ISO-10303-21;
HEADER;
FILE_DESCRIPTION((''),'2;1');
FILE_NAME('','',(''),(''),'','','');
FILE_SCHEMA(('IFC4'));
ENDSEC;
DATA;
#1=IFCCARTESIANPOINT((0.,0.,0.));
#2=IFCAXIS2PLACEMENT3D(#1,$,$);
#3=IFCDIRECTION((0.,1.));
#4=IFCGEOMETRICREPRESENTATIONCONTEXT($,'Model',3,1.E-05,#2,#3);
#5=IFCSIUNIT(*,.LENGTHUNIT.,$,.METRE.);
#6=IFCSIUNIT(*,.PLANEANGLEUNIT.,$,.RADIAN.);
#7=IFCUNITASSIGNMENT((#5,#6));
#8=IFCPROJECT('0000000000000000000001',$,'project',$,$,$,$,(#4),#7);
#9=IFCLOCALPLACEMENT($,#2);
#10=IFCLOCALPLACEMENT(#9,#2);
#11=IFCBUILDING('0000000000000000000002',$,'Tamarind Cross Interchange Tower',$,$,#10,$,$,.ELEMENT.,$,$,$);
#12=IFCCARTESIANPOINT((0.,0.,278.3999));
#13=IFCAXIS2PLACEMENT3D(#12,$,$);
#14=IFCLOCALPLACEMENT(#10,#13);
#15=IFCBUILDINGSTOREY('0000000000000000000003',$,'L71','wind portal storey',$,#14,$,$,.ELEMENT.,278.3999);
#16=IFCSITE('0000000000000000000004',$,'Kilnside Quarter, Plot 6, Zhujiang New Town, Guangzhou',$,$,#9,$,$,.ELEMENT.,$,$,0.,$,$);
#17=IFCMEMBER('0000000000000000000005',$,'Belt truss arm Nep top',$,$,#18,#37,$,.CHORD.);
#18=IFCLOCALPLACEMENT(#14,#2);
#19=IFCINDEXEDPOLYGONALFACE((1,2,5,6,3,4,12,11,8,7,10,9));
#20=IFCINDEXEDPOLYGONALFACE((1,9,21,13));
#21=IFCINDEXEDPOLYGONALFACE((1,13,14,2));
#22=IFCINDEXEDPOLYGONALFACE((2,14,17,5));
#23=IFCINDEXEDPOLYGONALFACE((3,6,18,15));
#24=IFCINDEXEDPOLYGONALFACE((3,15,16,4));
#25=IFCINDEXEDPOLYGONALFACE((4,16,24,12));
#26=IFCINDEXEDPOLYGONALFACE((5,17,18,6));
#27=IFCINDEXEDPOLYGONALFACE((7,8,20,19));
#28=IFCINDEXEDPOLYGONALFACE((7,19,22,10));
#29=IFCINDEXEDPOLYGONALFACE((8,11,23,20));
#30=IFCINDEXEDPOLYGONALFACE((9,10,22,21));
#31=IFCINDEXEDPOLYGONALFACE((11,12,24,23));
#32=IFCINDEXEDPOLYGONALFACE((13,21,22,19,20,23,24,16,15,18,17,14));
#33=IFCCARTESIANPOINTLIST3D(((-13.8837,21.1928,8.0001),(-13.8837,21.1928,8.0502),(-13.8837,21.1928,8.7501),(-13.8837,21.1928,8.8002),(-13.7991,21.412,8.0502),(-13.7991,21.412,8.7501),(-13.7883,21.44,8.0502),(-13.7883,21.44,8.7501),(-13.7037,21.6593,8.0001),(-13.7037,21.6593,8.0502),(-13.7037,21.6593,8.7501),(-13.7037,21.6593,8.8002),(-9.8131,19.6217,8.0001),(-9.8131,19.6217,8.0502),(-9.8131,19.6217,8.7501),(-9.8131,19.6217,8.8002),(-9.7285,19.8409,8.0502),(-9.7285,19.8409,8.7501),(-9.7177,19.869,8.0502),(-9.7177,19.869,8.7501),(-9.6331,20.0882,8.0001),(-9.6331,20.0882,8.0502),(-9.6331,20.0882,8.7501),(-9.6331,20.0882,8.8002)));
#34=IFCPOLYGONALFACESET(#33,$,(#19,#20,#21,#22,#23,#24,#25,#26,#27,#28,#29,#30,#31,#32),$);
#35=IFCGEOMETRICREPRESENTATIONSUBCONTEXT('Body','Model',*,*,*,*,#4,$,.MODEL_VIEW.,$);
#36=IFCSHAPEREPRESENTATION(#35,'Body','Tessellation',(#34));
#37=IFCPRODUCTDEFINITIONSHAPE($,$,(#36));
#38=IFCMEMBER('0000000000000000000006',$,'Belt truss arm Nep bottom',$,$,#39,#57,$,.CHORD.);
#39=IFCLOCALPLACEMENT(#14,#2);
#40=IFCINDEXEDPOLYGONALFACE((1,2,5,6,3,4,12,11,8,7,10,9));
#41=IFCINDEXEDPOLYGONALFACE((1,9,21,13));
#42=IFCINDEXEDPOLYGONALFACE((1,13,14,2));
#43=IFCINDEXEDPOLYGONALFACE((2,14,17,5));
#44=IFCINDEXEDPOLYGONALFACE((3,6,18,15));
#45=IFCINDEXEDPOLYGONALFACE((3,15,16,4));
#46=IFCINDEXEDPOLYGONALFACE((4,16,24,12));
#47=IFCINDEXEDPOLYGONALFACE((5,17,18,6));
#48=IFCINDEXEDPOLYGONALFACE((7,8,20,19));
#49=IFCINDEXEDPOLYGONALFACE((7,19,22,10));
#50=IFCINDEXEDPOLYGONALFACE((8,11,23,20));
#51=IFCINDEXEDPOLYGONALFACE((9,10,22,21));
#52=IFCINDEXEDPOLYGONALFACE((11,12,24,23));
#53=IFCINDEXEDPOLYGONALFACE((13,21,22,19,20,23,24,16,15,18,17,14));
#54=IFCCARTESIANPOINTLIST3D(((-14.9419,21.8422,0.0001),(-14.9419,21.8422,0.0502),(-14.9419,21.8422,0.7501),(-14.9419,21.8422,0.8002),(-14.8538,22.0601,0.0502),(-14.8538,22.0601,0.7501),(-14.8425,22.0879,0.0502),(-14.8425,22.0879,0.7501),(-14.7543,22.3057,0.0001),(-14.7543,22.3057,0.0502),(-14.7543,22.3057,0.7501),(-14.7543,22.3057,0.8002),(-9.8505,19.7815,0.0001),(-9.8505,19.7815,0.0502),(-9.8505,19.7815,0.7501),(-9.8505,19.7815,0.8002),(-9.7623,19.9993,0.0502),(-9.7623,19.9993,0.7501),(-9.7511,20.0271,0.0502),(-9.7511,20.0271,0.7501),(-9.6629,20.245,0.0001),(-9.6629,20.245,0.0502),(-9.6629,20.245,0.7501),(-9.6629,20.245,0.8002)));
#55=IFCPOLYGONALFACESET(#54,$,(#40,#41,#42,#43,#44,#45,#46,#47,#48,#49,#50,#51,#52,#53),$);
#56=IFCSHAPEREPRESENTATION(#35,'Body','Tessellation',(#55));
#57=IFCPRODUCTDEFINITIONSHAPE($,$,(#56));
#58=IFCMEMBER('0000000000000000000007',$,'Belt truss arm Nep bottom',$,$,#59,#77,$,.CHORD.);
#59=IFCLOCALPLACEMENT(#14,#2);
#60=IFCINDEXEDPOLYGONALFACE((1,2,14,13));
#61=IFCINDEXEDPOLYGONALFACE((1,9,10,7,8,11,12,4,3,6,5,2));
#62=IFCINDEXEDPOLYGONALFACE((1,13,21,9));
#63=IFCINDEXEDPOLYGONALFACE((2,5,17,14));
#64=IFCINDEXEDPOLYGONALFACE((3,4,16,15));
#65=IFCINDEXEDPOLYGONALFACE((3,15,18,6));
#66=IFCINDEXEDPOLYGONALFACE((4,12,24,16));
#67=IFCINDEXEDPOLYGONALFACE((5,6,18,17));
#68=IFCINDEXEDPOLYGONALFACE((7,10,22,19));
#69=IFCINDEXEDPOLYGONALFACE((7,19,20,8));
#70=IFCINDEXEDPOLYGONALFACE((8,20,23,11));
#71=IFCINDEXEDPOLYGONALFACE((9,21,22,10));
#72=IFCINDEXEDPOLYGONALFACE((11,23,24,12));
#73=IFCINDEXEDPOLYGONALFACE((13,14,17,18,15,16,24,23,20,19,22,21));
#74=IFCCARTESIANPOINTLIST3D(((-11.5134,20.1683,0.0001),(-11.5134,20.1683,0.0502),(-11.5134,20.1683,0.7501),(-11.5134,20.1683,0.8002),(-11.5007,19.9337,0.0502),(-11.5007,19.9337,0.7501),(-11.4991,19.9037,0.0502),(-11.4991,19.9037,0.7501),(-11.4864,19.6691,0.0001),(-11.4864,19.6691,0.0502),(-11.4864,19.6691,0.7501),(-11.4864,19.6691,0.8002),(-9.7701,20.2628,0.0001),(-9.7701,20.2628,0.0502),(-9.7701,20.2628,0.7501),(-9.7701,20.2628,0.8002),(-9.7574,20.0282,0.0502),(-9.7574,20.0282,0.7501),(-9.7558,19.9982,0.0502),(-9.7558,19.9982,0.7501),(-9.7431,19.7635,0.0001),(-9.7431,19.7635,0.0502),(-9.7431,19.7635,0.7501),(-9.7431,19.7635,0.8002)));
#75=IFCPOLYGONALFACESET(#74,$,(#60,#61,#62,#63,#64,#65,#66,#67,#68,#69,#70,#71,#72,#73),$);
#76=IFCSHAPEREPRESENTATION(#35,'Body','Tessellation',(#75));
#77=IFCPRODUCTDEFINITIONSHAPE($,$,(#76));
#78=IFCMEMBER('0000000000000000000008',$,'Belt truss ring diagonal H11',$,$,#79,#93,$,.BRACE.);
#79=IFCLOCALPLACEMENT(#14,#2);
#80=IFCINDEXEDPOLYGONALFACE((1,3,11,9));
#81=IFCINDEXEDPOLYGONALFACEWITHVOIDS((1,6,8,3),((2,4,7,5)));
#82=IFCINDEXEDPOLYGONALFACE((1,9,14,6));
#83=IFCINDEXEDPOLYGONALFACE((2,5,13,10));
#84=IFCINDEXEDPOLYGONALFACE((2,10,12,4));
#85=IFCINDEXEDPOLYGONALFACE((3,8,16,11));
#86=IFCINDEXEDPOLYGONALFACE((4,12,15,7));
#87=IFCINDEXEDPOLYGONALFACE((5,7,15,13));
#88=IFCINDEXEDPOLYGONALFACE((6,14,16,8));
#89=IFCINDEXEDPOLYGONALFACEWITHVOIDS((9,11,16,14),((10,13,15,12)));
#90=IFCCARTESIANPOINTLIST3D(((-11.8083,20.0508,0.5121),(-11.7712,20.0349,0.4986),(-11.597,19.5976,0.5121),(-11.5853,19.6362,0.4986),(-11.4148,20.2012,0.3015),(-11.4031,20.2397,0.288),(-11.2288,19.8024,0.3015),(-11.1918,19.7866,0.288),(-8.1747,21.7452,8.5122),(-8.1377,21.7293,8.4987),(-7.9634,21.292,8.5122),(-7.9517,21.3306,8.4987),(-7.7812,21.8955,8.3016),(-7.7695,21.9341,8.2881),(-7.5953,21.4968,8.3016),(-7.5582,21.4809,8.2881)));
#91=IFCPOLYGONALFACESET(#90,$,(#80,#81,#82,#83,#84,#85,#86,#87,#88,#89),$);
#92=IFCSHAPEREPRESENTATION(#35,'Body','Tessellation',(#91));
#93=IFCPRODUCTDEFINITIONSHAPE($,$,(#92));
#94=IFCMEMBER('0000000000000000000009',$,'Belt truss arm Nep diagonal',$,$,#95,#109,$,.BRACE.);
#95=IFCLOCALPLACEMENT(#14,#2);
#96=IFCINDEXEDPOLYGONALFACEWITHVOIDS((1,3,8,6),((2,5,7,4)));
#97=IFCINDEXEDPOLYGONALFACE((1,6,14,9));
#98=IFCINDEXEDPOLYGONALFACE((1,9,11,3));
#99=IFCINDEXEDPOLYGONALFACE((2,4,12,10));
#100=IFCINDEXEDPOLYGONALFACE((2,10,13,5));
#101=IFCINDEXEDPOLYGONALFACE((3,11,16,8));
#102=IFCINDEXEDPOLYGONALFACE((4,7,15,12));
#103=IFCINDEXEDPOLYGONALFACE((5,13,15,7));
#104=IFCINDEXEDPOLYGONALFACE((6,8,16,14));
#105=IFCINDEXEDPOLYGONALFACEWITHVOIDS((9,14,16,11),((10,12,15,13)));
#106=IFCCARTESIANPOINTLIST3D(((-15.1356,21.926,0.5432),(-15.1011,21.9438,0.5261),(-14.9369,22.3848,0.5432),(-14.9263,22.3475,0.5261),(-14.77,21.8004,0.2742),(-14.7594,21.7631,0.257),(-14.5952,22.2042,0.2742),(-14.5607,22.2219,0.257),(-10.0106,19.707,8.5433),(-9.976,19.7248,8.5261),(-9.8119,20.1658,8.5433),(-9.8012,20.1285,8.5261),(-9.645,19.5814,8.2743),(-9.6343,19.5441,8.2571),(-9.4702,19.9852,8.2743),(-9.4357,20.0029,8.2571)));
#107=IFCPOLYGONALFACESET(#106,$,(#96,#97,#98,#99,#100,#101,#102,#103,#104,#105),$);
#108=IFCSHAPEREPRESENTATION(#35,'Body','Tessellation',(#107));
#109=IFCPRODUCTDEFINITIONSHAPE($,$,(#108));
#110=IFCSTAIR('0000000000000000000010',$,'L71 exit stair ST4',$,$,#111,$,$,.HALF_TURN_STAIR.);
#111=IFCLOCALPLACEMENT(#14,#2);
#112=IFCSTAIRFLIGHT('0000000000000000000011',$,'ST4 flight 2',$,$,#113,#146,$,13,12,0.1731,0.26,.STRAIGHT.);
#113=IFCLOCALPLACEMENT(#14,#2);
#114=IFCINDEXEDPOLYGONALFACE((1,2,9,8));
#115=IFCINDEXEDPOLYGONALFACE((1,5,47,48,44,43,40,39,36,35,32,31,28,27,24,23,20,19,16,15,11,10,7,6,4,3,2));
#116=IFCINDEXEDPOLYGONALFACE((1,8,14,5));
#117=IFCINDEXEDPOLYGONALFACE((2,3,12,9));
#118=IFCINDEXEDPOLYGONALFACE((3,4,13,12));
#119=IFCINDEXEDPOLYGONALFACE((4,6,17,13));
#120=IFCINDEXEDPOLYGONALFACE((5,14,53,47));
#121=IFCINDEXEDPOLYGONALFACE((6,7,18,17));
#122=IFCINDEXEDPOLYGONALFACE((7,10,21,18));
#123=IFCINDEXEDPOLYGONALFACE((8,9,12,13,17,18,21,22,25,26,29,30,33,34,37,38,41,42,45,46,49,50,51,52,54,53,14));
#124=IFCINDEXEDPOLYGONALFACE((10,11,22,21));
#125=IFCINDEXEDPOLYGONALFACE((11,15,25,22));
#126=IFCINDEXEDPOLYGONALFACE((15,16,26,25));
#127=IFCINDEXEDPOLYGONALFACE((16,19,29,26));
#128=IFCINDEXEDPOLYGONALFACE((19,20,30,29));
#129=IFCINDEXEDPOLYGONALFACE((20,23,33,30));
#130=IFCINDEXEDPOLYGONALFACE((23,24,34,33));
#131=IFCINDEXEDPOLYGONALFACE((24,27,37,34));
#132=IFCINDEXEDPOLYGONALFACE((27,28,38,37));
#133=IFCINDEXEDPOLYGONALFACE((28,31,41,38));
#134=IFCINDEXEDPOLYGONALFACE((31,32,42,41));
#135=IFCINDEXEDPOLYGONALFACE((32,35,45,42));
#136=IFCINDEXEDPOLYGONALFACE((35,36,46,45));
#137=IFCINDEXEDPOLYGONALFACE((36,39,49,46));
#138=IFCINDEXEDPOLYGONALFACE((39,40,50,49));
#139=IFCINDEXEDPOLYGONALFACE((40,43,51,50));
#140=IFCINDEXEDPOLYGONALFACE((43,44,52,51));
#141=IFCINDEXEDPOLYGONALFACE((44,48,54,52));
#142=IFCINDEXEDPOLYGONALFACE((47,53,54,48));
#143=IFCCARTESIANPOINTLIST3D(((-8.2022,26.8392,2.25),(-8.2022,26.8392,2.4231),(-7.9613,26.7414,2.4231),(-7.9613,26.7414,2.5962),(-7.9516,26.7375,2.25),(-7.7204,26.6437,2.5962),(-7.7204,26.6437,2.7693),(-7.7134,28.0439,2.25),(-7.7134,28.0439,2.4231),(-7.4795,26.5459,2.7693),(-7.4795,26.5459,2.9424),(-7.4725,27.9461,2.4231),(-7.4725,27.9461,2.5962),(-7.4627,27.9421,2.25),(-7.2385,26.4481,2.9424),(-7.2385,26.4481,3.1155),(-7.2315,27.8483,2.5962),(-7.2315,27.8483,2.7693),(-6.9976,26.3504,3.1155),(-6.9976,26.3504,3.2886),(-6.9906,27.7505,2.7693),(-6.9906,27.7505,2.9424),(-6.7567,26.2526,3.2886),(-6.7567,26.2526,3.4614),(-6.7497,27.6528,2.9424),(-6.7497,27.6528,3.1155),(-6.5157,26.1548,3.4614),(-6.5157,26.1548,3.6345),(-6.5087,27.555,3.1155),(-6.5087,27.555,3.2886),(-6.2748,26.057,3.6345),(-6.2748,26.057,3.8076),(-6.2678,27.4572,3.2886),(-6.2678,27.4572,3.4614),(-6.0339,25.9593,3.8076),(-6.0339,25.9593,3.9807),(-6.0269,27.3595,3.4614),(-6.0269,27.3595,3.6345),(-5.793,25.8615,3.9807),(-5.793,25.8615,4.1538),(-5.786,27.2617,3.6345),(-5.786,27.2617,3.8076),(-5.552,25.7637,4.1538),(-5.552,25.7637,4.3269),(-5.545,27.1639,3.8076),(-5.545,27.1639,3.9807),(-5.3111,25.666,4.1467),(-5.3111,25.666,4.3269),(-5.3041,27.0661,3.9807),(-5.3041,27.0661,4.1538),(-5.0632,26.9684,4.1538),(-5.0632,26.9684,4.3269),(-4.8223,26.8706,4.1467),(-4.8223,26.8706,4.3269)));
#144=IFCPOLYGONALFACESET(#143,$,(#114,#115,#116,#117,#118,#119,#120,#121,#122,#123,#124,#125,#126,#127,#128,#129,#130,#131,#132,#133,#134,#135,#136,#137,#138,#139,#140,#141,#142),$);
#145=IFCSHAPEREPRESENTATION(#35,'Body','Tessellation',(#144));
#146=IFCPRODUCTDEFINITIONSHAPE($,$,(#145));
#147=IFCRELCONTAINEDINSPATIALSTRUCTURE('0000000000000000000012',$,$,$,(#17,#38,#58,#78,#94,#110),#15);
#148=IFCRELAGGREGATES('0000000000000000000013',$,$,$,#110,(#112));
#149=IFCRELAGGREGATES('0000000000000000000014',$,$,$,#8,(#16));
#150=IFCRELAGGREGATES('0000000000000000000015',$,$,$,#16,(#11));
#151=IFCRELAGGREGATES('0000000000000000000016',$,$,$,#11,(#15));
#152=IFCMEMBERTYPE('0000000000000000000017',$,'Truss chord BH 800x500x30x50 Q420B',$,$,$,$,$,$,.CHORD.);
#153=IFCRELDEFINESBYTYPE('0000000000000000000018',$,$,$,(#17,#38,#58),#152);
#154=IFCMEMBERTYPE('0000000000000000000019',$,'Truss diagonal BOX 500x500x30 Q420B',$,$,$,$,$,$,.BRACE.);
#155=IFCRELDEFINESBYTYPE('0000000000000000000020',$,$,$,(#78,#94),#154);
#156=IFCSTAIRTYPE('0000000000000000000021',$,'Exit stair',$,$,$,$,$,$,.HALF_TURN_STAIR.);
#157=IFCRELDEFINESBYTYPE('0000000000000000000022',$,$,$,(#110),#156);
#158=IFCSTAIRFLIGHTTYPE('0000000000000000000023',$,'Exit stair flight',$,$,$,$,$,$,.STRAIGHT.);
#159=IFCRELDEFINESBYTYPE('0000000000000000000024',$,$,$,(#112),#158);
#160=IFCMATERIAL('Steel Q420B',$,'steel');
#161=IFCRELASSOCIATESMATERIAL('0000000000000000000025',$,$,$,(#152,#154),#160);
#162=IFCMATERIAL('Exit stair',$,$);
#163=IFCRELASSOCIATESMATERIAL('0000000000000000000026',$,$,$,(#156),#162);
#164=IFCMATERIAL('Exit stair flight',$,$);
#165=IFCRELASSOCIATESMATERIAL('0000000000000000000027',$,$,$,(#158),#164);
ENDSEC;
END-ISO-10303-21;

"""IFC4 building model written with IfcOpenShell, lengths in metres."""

from ifc_helpers import new_model, si_unit, direction, frame, origin, origin_2d, place, context, subcontext, project, spatial, polyline, hollow_rectangle, i_section, outline, extrude, material, material_profile, profile_set, type_object, element, aggregate, save


model = new_model("IFC4")

# Units and contexts
model_context = context("Model", 3, precision=1e-05, world=origin(), true_north=direction((0.0, 1.0)))
body_context = subcontext(model_context, "Body", "Model", "MODEL_VIEW")
ifc_project = project(units=[si_unit("LENGTHUNIT", "METRE"), si_unit("PLANEANGLEUNIT", "RADIAN")], contexts=[model_context])

# Site, building, storey
site_placement = place(None, origin())
site = spatial("IfcSite", under=ifc_project, at=site_placement, Name="Kilnside Quarter, Plot 6, Zhujiang New Town, Guangzhou", CompositionType="ELEMENT", RefElevation=0.0)
building_placement = place(site_placement, origin())
building = spatial("IfcBuilding", under=site, at=building_placement, Name="Tamarind Cross Interchange Tower", CompositionType="ELEMENT")
storey_placement = place(building_placement, frame((0.0, 0.0, 278.3999)))
storey = spatial("IfcBuildingStorey", under=building, at=storey_placement, Name="L71", Description="wind portal storey", CompositionType="ELEMENT", Elevation=278.3999)

# Members
ifc_material_1 = material(Name="Steel Q420B", Category="steel")
ifc_material_profile_1 = material_profile(ifc_material_1, i_section(OverallWidth=0.5, OverallDepth=0.8, WebThickness=0.03, FlangeThickness=0.05, at=origin_2d()), Name="BH 800x500x30x50")
ifc_profile_set_1 = profile_set([ifc_material_profile_1], Name="Steel Q420B")
member_type_1 = type_object("IfcMemberType", Name="Truss chord BH 800x500x30x50 Q420B", PredefinedType="CHORD", material=ifc_profile_set_1)
member_1_placement = place(storey_placement, frame((-13.7937, 21.426, 8.4001), z_axis=(0.932927, -0.360066, 0.0), x_axis=(0.360066, 0.932927, 0.0)))
element("IfcMember", 1, at=member_1_placement, inside=storey, type_object=member_type_1, Name="Belt truss arm Nep top", PredefinedType="CHORD", context=body_context, shape_type="SweptSolid", body=[
    extrude(i_section(OverallWidth=0.5, OverallDepth=0.8, WebThickness=0.03, FlangeThickness=0.05, at=origin_2d()), origin(), (0.0, 0.0, 1.0), 4.3633),
])
member_2_placement = place(storey_placement, frame((-14.8481, 22.074, 0.4001), z_axis=(0.926952, -0.375181, 0.0), x_axis=(0.375181, 0.926952, 0.0)))
element("IfcMember", 2, at=member_2_placement, inside=storey, type_object=member_type_1, Name="Belt truss arm Nep bottom", PredefinedType="CHORD", context=body_context, shape_type="SweptSolid", body=[
    extrude(i_section(OverallWidth=0.5, OverallDepth=0.8, WebThickness=0.03, FlangeThickness=0.05, at=origin_2d()), origin(), (0.0, 0.0, 1.0), 5.4927),
])
member_3_placement = place(storey_placement, frame((-9.7566, 20.0132, 0.4001), z_axis=(-0.998535, -0.054115, 0.0), x_axis=(0.054115, -0.998535, 0.0)))
element("IfcMember", 3, at=member_3_placement, inside=storey, type_object=member_type_1, Name="Belt truss arm Nep bottom", PredefinedType="CHORD", context=body_context, shape_type="SweptSolid", body=[
    extrude(i_section(OverallWidth=0.5, OverallDepth=0.8, WebThickness=0.03, FlangeThickness=0.05, at=origin_2d()), origin(), (0.0, 0.0, 1.0), 1.7458),
])
ifc_material_profile_2 = material_profile(ifc_material_1, hollow_rectangle(XDim=0.5, YDim=0.5, WallThickness=0.03, at=origin_2d()), Name="BOX 500x500x30")
ifc_profile_set_2 = profile_set([ifc_material_profile_2], Name="Steel Q420B")
member_type_2 = type_object("IfcMemberType", Name="Truss diagonal BOX 500x500x30 Q420B", PredefinedType="BRACE", material=ifc_profile_set_2)
member_4_placement = place(storey_placement, frame((-7.8665, 21.613, 8.4001), z_axis=(-0.406056, -0.189346, -0.894017), x_axis=(0.422615, -0.906309, 0.0)))
element("IfcMember", 4, at=member_4_placement, inside=storey, type_object=member_type_2, Name="Belt truss ring diagonal H11", PredefinedType="BRACE", context=body_context, shape_type="SweptSolid", body=[
    extrude(hollow_rectangle(XDim=0.5, YDim=0.5, WallThickness=0.03, at=origin_2d()), origin(), (0.0, 0.0, 1.0), 8.9485),
])
member_5_placement = place(storey_placement, frame((-14.8481, 22.074, 0.4001), z_axis=(0.52529, -0.227437, 0.819965), x_axis=(0.39733, 0.917676, 0.0)))
element("IfcMember", 5, at=member_5_placement, inside=storey, type_object=member_type_2, Name="Belt truss arm Nep diagonal", PredefinedType="BRACE", context=body_context, shape_type="SweptSolid", body=[
    extrude(hollow_rectangle(XDim=0.5, YDim=0.5, WallThickness=0.03, at=origin_2d()), origin(), (0.0, 0.0, 1.0), 9.7566),
])

# Stair, stair flight
ifc_material_2 = material(Name="Exit stair")
stair_type = type_object("IfcStairType", Name="Exit stair", PredefinedType="HALF_TURN_STAIR", material=ifc_material_2)
stair_placement = place(storey_placement, origin())
stair = element("IfcStair", 6, at=stair_placement, inside=storey, type_object=stair_type, Name="L71 exit stair ST4", PredefinedType="HALF_TURN_STAIR")
ifc_material_3 = material(Name="Exit stair flight")
stair_flight_type = type_object("IfcStairFlightType", Name="Exit stair flight", PredefinedType="STRAIGHT", material=ifc_material_3)
stair_flight_placement = place(storey_placement, frame((-7.9578, 27.4417, 2.25), z_axis=(0.0, 0.0, 1.0), x_axis=(0.926607, -0.37603, 0.0)))
stair_flight = element("IfcStairFlight", 7, at=stair_flight_placement, type_object=stair_flight_type, Name="ST4 flight 2", NumberOfRisers=13, NumberOfTreads=12, PredefinedType="STRAIGHT", RiserHeight=0.1731, TreadLength=0.26, context=body_context, shape_type="SweptSolid", body=[
    extrude(outline(polyline([(0.0, 0.0), (0.0, 0.1731), (0.26, 0.1731), (0.26, 0.3462), (0.52, 0.3462), (0.52, 0.5193), (0.78, 0.5193), (0.78, 0.6924), (1.04, 0.6924), (1.04, 0.8655), (1.3, 0.8655), (1.3, 1.0386), (1.5601, 1.0386), (1.5601, 1.2114), (1.8201, 1.2114), (1.8201, 1.3845), (2.0801, 1.3845), (2.0801, 1.5576), (2.3401, 1.5576), (2.3401, 1.7307), (2.6001, 1.7307), (2.6001, 1.9038), (2.8601, 1.9038), (2.8601, 2.0769), (3.1201, 2.0769), (3.1201, 2.25), (3.1201, 1.8967), (0.2705, 0.0), (0.0, 0.0)])), frame((0.0, 0.6499, 0.0), z_axis=(0.0, -1.0, 0.0), x_axis=(1.0, 0.0, 0.0)), (0.0, 0.0, 1.0), 1.3),
])
aggregate(stair, [stair_flight])

save(model, "model.ifc")
